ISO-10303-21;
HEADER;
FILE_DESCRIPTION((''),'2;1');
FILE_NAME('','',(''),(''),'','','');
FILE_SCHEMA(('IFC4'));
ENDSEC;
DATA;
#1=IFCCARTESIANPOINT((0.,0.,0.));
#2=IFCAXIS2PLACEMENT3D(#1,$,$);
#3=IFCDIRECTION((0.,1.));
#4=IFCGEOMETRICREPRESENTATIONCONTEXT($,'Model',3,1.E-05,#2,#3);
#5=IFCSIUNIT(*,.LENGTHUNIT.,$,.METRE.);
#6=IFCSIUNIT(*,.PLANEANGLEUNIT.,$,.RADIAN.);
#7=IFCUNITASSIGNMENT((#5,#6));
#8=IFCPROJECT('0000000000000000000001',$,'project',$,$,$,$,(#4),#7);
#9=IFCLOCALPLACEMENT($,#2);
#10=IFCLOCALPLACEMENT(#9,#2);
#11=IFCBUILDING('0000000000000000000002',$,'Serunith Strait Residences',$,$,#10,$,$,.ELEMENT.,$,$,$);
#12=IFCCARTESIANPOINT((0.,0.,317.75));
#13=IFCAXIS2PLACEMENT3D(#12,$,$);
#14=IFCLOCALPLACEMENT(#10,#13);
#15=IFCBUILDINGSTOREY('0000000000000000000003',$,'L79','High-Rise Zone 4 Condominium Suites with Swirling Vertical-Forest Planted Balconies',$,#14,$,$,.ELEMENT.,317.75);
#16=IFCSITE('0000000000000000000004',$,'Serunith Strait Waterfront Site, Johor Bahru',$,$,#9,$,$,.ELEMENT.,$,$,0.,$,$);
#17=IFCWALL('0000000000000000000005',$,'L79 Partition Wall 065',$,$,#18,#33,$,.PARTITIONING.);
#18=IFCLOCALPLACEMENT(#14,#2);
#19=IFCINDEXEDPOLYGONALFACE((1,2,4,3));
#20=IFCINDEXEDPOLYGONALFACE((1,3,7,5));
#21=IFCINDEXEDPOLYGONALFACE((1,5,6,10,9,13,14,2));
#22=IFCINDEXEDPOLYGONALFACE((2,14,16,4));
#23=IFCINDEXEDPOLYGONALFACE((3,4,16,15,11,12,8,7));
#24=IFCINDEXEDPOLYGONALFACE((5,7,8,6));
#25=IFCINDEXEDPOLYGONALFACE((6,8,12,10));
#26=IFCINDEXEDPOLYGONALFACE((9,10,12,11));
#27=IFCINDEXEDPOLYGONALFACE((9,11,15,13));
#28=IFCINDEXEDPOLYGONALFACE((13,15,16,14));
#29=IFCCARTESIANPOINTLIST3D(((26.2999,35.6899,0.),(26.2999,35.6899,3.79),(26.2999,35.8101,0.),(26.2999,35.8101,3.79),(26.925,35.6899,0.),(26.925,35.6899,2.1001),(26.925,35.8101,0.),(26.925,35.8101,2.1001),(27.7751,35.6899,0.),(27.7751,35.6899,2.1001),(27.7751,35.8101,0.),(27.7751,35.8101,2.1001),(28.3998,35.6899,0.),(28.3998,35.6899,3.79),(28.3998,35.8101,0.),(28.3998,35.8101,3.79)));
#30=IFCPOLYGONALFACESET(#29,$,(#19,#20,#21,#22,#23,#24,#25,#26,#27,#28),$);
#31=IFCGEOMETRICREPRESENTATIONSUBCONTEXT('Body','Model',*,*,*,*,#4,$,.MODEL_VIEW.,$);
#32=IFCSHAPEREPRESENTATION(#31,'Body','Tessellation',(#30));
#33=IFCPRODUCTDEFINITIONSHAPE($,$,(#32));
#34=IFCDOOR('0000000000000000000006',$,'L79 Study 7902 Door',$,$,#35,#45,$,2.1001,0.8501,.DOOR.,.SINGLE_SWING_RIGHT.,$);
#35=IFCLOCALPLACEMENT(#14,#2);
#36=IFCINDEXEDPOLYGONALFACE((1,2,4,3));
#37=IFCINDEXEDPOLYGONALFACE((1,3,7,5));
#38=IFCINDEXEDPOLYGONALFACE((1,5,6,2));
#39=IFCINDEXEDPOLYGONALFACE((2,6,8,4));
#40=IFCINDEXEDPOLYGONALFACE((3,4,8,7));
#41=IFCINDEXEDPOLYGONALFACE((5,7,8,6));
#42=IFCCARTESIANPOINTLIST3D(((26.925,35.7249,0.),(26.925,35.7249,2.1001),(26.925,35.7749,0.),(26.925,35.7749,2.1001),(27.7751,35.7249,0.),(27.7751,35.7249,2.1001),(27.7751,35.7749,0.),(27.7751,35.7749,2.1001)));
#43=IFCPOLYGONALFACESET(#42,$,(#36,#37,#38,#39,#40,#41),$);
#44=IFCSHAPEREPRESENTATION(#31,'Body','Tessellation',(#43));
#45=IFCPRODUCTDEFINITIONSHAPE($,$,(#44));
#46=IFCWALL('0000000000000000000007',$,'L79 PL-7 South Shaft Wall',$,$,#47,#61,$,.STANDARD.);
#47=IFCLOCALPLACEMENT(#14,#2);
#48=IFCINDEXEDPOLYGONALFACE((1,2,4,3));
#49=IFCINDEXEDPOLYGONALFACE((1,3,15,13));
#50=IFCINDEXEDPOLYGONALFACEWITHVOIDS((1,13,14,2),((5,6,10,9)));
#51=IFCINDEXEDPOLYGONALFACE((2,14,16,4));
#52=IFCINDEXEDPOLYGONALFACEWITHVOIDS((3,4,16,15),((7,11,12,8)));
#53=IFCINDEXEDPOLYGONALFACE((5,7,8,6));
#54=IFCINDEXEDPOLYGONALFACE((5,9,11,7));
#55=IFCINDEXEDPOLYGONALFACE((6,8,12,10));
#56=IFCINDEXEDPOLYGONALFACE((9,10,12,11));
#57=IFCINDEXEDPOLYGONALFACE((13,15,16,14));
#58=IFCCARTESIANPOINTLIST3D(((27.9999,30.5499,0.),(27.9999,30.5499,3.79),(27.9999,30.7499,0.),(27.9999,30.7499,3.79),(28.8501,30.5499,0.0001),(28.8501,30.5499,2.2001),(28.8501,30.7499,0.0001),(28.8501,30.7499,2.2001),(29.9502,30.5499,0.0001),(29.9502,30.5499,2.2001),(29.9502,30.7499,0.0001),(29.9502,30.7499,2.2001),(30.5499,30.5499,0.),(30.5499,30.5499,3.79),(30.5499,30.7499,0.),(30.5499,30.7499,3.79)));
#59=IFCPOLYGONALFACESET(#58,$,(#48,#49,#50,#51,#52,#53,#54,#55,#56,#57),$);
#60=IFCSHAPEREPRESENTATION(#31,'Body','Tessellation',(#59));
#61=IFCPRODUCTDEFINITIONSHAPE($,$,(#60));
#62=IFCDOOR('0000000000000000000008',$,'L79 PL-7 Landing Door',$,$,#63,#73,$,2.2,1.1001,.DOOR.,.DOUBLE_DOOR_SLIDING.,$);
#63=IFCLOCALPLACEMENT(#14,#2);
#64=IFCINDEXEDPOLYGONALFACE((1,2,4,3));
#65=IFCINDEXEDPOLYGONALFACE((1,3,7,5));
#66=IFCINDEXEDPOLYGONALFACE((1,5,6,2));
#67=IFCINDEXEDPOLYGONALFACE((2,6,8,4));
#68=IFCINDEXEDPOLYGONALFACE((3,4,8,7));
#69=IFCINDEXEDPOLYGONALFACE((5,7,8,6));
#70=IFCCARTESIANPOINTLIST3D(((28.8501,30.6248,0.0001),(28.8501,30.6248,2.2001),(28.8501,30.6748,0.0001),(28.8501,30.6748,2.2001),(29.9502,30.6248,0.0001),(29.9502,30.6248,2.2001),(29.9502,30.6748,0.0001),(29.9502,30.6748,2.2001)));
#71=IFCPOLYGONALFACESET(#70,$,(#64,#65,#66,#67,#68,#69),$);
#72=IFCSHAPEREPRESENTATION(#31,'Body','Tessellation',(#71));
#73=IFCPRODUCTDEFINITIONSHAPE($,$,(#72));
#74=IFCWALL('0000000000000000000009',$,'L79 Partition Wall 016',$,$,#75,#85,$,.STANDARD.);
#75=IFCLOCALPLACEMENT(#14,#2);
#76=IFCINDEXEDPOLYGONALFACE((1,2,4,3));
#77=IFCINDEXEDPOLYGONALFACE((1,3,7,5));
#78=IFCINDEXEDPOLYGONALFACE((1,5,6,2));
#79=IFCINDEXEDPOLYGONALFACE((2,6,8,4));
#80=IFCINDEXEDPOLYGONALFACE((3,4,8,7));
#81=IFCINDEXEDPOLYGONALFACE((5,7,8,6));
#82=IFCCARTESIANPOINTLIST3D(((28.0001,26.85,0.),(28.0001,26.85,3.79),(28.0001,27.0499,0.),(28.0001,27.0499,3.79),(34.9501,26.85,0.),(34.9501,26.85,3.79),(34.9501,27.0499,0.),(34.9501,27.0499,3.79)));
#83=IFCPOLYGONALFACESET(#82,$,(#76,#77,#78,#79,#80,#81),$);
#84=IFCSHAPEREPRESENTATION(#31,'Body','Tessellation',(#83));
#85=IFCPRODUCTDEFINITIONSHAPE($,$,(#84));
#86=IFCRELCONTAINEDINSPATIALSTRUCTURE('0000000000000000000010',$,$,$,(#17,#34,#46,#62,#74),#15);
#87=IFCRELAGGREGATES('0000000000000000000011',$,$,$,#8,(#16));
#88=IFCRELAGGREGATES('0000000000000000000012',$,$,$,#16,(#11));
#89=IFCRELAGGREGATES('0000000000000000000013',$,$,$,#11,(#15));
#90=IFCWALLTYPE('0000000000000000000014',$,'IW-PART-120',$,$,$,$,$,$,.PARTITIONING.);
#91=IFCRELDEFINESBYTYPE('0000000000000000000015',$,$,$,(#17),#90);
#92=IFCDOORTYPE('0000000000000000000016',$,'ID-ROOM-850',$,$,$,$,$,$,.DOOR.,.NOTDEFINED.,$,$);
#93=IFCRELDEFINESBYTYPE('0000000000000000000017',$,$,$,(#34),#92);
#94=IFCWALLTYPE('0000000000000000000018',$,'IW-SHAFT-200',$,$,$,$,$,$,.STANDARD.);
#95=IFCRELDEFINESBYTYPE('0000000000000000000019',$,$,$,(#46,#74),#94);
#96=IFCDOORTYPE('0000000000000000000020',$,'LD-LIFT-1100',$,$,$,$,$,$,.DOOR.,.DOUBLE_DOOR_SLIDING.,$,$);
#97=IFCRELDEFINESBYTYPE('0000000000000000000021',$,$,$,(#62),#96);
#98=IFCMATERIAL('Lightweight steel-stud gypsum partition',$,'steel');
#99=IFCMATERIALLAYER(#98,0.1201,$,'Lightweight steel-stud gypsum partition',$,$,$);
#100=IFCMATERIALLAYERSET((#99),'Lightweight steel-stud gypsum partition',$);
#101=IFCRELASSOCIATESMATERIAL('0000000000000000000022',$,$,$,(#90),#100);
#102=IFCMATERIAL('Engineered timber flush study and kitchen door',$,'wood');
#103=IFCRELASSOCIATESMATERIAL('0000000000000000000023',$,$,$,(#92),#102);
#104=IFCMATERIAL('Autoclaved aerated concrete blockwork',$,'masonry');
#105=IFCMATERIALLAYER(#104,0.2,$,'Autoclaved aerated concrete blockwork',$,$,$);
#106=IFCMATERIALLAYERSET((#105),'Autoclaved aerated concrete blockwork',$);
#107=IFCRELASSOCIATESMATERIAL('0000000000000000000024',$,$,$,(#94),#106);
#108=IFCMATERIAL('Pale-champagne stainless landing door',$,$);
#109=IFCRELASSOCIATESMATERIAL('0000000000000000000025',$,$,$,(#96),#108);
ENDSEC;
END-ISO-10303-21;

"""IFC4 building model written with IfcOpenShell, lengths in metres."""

from ifc_helpers import new_model, si_unit, direction, frame, frame_2d, origin, place, context, subcontext, project, spatial, rectangle, extrude, source, transform, mapped, material, layer, layer_set, type_object, element, fill, save


model = new_model("IFC4")

# Units and contexts
model_context = context("Model", 3, precision=1e-05, world=origin(), true_north=direction((0.0, 1.0)))
body_context = subcontext(model_context, "Body", "Model", "MODEL_VIEW")
ifc_project = project(units=[si_unit("LENGTHUNIT", "METRE"), si_unit("PLANEANGLEUNIT", "RADIAN")], contexts=[model_context])

# Site, building, storey
site_placement = place(None, origin())
site = spatial("IfcSite", under=ifc_project, at=site_placement, Name="Serunith Strait Waterfront Site, Johor Bahru", CompositionType="ELEMENT", RefElevation=0.0)
building_placement = place(site_placement, origin())
building = spatial("IfcBuilding", under=site, at=building_placement, Name="Serunith Strait Residences", CompositionType="ELEMENT")
storey_placement = place(building_placement, frame((0.0, 0.0, 317.75)))
storey = spatial("IfcBuildingStorey", under=building, at=storey_placement, Name="L79", Description="High-Rise Zone 4 Condominium Suites with Swirling Vertical-Forest Planted Balconies", CompositionType="ELEMENT", Elevation=317.75)

# Walls, openings, doors
ifc_material_1 = material(Name="Lightweight steel-stud gypsum partition", Category="steel")
ifc_layer_1 = layer(ifc_material_1, 0.1201, Name="Lightweight steel-stud gypsum partition")
ifc_layer_set_1 = layer_set([ifc_layer_1], Name="Lightweight steel-stud gypsum partition")
wall_type_1 = type_object("IfcWallType", Name="IW-PART-120", PredefinedType="PARTITIONING", material=ifc_layer_set_1)
wall_1_placement = place(storey_placement, frame((26.3, 35.75, 0.0), z_axis=(0.0, 0.0, 1.0), x_axis=(1.0, 0.0, 0.0)))
wall_1 = element("IfcWall", 1, at=wall_1_placement, inside=storey, type_object=wall_type_1, Name="L79 Partition Wall 065", PredefinedType="PARTITIONING", context=body_context, shape_type="SweptSolid", body=[
    extrude(rectangle(XDim=2.0999, YDim=0.1201, at=frame_2d((1.0498, 0.0))), origin(), (0.0, 0.0, 1.0), 3.79),
])
opening_1_placement = place(wall_1_placement, frame((0.625, 0.0, 0.0)))
opening_1 = element("IfcOpeningElement", 2, at=opening_1_placement, cuts=wall_1, PredefinedType="OPENING", context=body_context, shape_type="SweptSolid", body=[
    extrude(rectangle(XDim=0.8501, YDim=2.1001, at=frame_2d((0.425, 1.05))), frame((0.0, 0.0701, 0.0), z_axis=(0.0, -1.0, 0.0), x_axis=(1.0, 0.0, 0.0)), (0.0, 0.0, 1.0), 0.1401),
])
ifc_material_2 = material(Name="Engineered timber flush study and kitchen door", Category="wood")
door_type_1 = type_object("IfcDoorType", Name="ID-ROOM-850", OperationType="NOTDEFINED", PredefinedType="DOOR", material=ifc_material_2)
shared_shape_1 = source(origin(), body_context, "Body", "SweptSolid", [
    extrude(rectangle(XDim=0.8501, YDim=2.1001, at=frame_2d((0.425, 1.05))), frame((0.0, 0.0249, 0.0), z_axis=(0.0, -1.0, 0.0), x_axis=(1.0, 0.0, 0.0)), (0.0, 0.0, 1.0), 0.05),
])
door_1_placement = place(opening_1_placement, origin())
door_1 = element("IfcDoor", 3, at=door_1_placement, inside=storey, type_object=door_type_1, Name="L79 Study 7902 Door", OperationType="SINGLE_SWING_RIGHT", OverallHeight=2.1001, OverallWidth=0.8501, PredefinedType="DOOR", context=body_context, shape_type="MappedRepresentation", body=[
    mapped(shared_shape_1, transform((0.0, 0.0, 0.0), scale=1.0)),
])
fill(opening_1, door_1)
ifc_material_3 = material(Name="Autoclaved aerated concrete blockwork", Category="masonry")
ifc_layer_2 = layer(ifc_material_3, 0.2, Name="Autoclaved aerated concrete blockwork")
ifc_layer_set_2 = layer_set([ifc_layer_2], Name="Autoclaved aerated concrete blockwork")
wall_type_2 = type_object("IfcWallType", Name="IW-SHAFT-200", PredefinedType="STANDARD", material=ifc_layer_set_2)
wall_2_placement = place(storey_placement, frame((28.0, 30.6499, 0.0), z_axis=(0.0, 0.0, 1.0), x_axis=(1.0, 0.0, 0.0)))
wall_2 = element("IfcWall", 4, at=wall_2_placement, inside=storey, type_object=wall_type_2, Name="L79 PL-7 South Shaft Wall", PredefinedType="STANDARD", context=body_context, shape_type="SweptSolid", body=[
    extrude(rectangle(XDim=2.55, YDim=0.2, at=frame_2d((1.2749, 0.0))), origin(), (0.0, 0.0, 1.0), 3.79),
])
opening_2_placement = place(wall_2_placement, frame((0.8501, 0.0, 0.0)))
opening_2 = element("IfcOpeningElement", 5, at=opening_2_placement, cuts=wall_2, PredefinedType="OPENING", context=body_context, shape_type="SweptSolid", body=[
    extrude(rectangle(XDim=1.1001, YDim=2.2, at=frame_2d((0.55, 1.1001))), frame((0.0, 0.1099, 0.0), z_axis=(0.0, -1.0, 0.0), x_axis=(1.0, 0.0, 0.0)), (0.0, 0.0, 1.0), 0.22),
])
ifc_material_4 = material(Name="Pale-champagne stainless landing door")
door_type_2 = type_object("IfcDoorType", Name="LD-LIFT-1100", OperationType="DOUBLE_DOOR_SLIDING", PredefinedType="DOOR", material=ifc_material_4)
shared_shape_2 = source(origin(), body_context, "Body", "SweptSolid", [
    extrude(rectangle(XDim=1.1001, YDim=2.2, at=frame_2d((0.55, 1.1001))), frame((0.0, 0.0249, 0.0), z_axis=(0.0, -1.0, 0.0), x_axis=(1.0, 0.0, 0.0)), (0.0, 0.0, 1.0), 0.05),
])
door_2_placement = place(opening_2_placement, origin())
door_2 = element("IfcDoor", 6, at=door_2_placement, inside=storey, type_object=door_type_2, Name="L79 PL-7 Landing Door", OperationType="DOUBLE_DOOR_SLIDING", OverallHeight=2.2, OverallWidth=1.1001, PredefinedType="DOOR", context=body_context, shape_type="MappedRepresentation", body=[
    mapped(shared_shape_2, transform((0.0, 0.0, 0.0), scale=1.0)),
])
fill(opening_2, door_2)

# Wall
wall_3_placement = place(storey_placement, frame((28.0, 26.95, 0.0), z_axis=(0.0, 0.0, 1.0), x_axis=(1.0, 0.0, 0.0)))
element("IfcWall", 7, at=wall_3_placement, inside=storey, type_object=wall_type_2, Name="L79 Partition Wall 016", PredefinedType="STANDARD", context=body_context, shape_type="SweptSolid", body=[
    extrude(rectangle(XDim=6.95, YDim=0.2, at=frame_2d((3.4751, 0.0))), origin(), (0.0, 0.0, 1.0), 3.79),
])

save(model, "model.ifc")
